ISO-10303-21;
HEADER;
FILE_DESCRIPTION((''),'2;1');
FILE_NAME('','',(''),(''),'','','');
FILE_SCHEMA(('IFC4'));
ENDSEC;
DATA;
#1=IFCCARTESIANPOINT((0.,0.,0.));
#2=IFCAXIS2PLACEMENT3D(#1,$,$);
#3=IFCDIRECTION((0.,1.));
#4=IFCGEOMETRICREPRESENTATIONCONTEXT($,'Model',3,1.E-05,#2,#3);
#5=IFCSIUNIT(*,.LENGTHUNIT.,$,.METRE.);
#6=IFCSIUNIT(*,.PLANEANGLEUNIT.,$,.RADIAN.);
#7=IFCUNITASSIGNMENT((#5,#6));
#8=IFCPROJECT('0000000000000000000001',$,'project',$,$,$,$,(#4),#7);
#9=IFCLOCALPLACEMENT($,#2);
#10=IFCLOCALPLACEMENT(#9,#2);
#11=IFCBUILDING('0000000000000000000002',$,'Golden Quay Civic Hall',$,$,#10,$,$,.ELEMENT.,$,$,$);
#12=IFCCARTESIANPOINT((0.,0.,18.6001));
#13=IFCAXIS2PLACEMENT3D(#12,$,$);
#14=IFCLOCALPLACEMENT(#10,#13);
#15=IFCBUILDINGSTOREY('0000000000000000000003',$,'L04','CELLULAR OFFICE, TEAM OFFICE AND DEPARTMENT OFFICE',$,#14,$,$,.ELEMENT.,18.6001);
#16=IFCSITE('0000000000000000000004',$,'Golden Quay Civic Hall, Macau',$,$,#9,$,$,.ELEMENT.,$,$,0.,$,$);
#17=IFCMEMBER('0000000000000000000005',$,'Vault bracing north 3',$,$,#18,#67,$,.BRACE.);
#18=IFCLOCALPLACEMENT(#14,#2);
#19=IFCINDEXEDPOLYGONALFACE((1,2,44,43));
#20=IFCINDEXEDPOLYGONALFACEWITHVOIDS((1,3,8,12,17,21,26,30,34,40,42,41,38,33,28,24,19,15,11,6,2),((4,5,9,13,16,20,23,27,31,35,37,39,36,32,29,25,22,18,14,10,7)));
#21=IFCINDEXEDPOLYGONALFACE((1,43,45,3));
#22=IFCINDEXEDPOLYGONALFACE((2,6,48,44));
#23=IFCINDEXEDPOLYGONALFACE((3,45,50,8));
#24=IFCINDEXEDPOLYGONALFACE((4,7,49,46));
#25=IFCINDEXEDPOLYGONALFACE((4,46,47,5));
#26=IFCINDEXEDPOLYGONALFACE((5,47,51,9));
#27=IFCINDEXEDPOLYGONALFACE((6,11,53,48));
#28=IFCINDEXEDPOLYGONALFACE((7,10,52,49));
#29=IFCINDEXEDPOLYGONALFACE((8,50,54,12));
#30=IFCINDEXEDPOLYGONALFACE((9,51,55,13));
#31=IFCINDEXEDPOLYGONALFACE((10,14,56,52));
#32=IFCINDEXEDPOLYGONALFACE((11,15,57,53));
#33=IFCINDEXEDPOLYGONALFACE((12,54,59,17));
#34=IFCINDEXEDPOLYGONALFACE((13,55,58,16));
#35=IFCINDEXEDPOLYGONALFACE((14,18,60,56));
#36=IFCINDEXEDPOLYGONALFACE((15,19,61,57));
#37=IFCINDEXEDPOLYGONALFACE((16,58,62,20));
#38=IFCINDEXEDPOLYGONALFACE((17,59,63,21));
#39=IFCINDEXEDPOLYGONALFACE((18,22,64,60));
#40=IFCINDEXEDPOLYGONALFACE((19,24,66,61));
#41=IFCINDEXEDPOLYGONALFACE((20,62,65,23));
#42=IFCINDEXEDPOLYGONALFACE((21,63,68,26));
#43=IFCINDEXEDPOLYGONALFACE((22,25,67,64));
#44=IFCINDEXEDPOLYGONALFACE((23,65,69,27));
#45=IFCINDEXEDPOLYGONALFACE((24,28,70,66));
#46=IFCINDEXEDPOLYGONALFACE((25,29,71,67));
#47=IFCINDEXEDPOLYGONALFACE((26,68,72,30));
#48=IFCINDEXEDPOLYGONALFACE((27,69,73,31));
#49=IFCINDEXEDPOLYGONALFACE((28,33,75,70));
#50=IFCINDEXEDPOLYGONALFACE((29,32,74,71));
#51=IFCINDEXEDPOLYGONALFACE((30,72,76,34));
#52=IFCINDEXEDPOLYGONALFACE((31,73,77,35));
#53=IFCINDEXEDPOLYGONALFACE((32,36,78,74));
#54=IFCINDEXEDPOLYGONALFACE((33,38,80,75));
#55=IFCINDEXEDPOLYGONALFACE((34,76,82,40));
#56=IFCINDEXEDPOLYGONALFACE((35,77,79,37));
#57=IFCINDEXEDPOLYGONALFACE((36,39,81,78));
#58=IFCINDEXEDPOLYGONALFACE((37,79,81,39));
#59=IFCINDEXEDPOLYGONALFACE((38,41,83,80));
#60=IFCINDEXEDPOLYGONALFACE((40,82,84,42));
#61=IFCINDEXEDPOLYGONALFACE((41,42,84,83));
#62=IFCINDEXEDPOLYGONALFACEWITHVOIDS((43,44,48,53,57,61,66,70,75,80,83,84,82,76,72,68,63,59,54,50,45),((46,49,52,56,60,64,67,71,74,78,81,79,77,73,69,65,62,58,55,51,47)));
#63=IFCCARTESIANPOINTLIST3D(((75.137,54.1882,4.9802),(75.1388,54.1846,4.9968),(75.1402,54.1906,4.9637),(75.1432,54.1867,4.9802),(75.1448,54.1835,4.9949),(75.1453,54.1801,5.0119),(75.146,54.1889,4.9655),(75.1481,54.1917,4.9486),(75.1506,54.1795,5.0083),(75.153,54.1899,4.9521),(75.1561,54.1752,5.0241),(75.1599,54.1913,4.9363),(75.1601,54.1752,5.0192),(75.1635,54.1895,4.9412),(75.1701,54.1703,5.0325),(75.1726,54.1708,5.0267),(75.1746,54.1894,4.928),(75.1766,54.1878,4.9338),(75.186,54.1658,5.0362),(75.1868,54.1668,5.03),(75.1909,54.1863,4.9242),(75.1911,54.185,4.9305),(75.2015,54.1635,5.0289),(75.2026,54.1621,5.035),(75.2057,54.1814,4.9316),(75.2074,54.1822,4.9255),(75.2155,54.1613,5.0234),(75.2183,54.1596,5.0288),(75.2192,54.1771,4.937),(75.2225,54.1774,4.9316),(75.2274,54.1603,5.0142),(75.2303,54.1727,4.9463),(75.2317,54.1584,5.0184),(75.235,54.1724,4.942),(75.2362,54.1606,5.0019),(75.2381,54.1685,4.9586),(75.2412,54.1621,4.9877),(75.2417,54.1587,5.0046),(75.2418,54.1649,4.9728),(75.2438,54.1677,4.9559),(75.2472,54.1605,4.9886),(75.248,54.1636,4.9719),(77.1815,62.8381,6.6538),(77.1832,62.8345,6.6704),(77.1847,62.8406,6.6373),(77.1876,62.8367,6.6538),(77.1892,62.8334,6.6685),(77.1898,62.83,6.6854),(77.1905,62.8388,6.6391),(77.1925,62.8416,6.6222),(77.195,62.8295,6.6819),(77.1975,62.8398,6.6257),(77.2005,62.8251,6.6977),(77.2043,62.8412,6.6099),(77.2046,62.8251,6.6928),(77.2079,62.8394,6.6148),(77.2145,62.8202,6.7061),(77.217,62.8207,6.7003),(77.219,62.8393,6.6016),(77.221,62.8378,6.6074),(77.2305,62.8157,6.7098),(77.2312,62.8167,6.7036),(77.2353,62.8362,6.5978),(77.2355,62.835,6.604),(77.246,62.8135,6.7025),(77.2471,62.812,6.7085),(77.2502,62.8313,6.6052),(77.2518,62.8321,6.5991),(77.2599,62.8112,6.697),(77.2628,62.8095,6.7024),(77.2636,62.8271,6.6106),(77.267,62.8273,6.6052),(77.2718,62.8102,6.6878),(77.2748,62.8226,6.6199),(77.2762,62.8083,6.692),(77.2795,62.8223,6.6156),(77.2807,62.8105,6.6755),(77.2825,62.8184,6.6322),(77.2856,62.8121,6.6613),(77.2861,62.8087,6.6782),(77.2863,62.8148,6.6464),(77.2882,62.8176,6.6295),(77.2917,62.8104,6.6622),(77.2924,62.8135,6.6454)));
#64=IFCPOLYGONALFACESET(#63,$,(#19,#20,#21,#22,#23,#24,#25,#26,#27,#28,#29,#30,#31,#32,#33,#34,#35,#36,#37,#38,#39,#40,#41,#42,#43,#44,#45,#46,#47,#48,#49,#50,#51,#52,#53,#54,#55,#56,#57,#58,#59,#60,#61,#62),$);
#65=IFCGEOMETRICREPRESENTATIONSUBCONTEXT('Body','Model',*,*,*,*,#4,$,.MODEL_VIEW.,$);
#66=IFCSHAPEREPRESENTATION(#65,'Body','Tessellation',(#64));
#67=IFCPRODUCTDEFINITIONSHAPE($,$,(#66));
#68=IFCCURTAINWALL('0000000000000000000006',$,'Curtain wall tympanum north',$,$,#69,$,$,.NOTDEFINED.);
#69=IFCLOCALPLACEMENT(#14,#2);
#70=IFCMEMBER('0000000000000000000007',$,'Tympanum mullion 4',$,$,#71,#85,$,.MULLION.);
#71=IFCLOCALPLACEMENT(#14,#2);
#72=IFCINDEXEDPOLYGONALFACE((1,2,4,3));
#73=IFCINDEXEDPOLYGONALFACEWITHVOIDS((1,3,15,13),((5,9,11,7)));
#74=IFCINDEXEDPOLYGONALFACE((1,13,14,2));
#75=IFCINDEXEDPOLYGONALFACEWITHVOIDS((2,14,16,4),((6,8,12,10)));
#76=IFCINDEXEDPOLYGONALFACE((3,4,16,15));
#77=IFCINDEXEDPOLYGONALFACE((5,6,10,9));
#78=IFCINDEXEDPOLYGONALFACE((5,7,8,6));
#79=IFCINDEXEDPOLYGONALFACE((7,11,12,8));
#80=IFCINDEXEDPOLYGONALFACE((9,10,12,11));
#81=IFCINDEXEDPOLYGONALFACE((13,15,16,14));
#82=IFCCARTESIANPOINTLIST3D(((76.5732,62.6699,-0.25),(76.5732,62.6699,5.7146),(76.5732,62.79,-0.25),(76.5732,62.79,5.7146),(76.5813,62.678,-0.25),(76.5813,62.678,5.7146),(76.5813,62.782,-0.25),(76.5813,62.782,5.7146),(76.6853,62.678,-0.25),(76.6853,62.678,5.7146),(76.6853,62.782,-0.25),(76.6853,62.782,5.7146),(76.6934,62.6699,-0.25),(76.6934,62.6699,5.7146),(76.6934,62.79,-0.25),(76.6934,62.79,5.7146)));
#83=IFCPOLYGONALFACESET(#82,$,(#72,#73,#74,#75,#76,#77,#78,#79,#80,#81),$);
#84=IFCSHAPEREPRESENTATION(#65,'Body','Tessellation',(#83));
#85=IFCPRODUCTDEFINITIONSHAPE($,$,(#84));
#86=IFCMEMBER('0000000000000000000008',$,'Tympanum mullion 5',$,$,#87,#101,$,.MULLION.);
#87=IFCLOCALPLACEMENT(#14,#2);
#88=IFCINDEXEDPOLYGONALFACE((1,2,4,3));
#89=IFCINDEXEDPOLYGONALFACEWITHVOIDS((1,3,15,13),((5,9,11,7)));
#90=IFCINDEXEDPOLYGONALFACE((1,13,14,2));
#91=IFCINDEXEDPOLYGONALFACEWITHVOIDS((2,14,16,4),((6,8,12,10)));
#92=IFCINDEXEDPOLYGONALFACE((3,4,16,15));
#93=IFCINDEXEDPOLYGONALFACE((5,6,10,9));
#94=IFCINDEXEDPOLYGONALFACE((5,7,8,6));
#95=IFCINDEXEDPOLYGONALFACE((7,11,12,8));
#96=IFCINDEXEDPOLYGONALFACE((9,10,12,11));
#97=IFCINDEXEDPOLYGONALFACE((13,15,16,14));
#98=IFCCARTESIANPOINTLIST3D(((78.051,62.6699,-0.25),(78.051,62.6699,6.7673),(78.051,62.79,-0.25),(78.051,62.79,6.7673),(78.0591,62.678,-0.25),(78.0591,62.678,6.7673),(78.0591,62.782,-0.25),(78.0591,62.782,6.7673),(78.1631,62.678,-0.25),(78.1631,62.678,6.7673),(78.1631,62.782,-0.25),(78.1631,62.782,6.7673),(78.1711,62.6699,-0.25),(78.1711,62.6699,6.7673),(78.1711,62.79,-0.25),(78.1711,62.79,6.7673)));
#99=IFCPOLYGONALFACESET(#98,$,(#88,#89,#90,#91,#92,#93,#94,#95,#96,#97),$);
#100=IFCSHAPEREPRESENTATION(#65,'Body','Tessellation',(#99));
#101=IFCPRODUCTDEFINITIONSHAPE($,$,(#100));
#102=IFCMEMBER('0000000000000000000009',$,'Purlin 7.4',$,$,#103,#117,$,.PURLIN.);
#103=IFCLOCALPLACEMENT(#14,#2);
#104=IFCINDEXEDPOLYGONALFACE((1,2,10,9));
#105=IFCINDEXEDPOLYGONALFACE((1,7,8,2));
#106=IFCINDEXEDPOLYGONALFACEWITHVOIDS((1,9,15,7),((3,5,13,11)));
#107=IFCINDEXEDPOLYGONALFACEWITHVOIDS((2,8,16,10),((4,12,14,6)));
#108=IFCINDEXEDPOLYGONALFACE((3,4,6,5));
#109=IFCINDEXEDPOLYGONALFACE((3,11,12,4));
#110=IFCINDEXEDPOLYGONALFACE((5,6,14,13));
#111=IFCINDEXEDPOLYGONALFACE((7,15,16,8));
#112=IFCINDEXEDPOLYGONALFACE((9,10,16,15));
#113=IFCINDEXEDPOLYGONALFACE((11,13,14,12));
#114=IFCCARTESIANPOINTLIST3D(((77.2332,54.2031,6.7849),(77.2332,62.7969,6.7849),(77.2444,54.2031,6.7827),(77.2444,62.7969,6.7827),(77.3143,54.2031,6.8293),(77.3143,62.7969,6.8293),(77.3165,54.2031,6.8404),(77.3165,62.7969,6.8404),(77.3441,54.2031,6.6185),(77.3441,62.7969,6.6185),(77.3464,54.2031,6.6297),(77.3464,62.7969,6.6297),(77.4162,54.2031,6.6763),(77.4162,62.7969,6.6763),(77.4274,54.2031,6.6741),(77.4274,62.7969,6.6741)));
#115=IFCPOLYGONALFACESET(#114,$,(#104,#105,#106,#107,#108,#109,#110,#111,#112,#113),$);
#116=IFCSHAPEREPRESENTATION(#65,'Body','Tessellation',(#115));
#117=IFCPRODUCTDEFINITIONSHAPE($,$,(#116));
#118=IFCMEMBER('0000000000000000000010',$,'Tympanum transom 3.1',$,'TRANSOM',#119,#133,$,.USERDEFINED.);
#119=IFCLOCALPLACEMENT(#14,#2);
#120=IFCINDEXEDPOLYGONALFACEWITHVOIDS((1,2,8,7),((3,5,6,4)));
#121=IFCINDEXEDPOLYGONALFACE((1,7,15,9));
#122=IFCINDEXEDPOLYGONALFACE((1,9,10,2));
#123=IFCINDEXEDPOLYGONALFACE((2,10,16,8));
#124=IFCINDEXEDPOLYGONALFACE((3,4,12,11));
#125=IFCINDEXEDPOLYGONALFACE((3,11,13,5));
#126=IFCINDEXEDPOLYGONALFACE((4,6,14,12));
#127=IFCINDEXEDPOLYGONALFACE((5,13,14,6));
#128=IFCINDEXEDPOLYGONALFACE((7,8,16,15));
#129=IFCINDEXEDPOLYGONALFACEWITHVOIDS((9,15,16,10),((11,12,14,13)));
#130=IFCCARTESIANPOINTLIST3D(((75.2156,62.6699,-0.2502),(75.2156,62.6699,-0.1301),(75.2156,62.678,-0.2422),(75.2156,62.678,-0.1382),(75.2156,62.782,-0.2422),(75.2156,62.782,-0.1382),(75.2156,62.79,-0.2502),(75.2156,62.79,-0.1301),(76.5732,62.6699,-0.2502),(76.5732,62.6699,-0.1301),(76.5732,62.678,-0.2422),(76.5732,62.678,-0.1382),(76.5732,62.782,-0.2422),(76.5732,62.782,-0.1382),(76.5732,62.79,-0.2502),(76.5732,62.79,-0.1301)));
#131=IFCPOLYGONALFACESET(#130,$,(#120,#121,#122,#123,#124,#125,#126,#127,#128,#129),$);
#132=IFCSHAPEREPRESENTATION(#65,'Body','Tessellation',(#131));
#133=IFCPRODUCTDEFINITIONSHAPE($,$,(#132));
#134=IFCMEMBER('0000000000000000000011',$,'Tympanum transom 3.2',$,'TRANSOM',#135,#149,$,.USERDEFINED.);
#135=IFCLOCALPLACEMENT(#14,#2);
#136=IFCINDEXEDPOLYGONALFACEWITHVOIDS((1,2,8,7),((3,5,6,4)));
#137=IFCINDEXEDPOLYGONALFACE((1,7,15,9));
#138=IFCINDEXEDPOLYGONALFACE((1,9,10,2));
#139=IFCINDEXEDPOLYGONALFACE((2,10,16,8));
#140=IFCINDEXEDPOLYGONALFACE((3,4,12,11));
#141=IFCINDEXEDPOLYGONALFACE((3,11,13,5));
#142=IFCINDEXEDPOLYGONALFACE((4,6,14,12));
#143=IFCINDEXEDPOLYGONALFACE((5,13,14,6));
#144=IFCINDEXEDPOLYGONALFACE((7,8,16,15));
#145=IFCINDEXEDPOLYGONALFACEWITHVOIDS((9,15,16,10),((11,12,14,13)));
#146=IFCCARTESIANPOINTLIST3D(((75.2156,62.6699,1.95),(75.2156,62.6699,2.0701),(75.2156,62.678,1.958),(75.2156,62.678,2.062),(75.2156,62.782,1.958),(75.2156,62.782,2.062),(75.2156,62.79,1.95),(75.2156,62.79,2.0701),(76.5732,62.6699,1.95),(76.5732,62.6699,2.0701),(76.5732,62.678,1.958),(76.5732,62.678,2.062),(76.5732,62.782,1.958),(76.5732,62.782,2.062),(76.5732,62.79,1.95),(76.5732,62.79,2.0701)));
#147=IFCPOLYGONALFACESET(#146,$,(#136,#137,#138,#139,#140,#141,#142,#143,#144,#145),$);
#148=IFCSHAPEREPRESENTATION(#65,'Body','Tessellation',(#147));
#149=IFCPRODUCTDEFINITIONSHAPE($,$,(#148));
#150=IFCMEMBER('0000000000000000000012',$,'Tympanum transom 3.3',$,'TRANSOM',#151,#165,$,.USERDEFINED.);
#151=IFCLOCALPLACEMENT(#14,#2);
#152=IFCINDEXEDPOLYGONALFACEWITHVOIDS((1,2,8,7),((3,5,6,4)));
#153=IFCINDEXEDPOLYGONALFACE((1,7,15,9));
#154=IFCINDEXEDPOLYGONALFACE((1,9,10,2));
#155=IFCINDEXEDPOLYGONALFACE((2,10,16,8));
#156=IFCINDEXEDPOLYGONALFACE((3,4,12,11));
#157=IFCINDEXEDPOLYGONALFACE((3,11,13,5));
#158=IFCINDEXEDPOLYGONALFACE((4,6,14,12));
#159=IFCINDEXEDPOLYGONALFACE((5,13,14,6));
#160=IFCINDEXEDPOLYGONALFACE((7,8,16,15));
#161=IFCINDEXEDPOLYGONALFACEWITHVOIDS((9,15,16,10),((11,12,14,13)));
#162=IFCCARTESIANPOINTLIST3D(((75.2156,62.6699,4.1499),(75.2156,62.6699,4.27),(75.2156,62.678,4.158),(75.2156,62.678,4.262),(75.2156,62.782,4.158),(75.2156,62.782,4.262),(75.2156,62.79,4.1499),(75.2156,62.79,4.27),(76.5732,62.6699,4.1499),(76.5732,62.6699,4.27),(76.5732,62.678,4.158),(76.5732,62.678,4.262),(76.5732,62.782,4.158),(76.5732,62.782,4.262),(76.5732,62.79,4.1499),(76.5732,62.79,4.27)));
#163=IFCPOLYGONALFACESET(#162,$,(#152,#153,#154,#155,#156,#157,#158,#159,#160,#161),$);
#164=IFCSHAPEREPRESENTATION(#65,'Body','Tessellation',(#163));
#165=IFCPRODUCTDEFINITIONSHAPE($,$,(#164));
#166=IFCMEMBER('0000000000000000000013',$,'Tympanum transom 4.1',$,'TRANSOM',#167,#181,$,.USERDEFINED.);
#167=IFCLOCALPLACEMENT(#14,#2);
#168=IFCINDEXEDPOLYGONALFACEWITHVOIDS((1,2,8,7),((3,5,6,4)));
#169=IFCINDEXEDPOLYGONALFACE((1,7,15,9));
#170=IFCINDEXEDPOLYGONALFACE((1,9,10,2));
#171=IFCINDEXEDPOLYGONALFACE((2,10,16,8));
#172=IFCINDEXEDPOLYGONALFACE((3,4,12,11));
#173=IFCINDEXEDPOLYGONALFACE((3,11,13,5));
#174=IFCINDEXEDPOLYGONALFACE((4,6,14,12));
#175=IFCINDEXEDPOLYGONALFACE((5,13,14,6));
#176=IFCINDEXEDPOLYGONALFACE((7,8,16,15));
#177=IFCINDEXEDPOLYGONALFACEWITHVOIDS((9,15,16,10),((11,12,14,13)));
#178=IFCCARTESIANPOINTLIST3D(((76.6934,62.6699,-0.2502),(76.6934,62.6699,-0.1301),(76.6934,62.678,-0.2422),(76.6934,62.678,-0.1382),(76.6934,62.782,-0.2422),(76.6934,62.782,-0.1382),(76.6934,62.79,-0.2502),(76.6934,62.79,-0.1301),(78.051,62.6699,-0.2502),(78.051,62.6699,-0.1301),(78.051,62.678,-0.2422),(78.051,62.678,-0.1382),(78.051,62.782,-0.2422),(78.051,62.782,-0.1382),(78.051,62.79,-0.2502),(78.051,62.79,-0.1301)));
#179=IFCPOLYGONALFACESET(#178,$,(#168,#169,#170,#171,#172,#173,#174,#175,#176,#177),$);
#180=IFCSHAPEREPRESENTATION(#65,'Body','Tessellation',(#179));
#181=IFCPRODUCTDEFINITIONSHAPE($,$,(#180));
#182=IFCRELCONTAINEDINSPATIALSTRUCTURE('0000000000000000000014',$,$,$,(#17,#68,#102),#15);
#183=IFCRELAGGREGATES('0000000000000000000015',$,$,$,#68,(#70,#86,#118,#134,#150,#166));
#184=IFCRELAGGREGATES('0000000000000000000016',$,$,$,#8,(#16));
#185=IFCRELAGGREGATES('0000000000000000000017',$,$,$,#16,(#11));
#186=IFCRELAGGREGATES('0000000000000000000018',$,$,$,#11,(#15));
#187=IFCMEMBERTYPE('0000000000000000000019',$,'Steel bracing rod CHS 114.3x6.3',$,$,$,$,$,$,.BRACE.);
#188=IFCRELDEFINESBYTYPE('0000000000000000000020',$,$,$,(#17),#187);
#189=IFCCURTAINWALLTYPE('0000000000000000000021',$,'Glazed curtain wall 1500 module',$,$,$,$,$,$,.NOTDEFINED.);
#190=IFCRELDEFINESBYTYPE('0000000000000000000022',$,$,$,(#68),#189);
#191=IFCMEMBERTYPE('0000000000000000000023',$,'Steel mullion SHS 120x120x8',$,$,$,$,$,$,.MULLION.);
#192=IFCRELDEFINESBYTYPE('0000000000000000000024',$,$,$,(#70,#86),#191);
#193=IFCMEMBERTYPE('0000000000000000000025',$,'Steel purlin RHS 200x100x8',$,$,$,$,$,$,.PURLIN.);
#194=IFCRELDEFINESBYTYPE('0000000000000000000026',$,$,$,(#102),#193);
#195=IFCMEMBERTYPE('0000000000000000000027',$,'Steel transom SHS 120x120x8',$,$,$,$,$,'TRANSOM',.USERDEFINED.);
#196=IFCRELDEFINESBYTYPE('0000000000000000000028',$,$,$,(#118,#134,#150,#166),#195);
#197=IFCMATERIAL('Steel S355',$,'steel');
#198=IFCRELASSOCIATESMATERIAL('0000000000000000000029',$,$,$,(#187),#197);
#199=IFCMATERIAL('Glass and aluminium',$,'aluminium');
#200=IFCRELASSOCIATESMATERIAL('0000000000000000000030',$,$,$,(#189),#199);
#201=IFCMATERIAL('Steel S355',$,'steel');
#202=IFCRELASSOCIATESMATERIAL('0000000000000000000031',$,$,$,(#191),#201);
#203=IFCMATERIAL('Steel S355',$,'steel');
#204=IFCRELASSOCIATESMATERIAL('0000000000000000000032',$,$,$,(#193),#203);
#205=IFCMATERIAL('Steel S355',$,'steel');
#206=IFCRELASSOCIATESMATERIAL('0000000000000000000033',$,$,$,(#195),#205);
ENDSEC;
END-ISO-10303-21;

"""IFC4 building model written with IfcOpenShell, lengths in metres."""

from ifc_helpers import new_model, si_unit, direction, frame, origin, origin_2d, place, context, subcontext, project, spatial, hollow_rectangle, hollow_circle, extrude, material, material_profile, profile_set, type_object, element, aggregate, save


model = new_model("IFC4")

# Units and contexts
model_context = context("Model", 3, precision=1e-05, world=origin(), true_north=direction((0.0, 1.0)))
body_context = subcontext(model_context, "Body", "Model", "MODEL_VIEW")
ifc_project = project(units=[si_unit("LENGTHUNIT", "METRE"), si_unit("PLANEANGLEUNIT", "RADIAN")], contexts=[model_context])

# Site, building, storey
site_placement = place(None, origin())
site = spatial("IfcSite", under=ifc_project, at=site_placement, Name="Golden Quay Civic Hall, Macau", CompositionType="ELEMENT", RefElevation=0.0)
building_placement = place(site_placement, origin())
building = spatial("IfcBuilding", under=site, at=building_placement, Name="Golden Quay Civic Hall", CompositionType="ELEMENT")
storey_placement = place(building_placement, frame((0.0, 0.0, 18.6001)))
storey = spatial("IfcBuildingStorey", under=building, at=storey_placement, Name="L04", Description="CELLULAR OFFICE, TEAM OFFICE AND DEPARTMENT OFFICE", CompositionType="ELEMENT", Elevation=18.6001)

# Member
ifc_material_1 = material(Name="Steel S355", Category="steel")
ifc_material_profile_1 = material_profile(ifc_material_1, hollow_circle(Radius=0.0571, WallThickness=0.0063, at=origin_2d()), Name="CHS 114.3x6.3")
ifc_profile_set_1 = profile_set([ifc_material_profile_1], Name="Steel S355")
member_type_1 = type_object("IfcMemberType", Name="Steel bracing rod CHS 114.3x6.3", PredefinedType="BRACE", material=ifc_profile_set_1)
member_1_placement = place(storey_placement, frame((75.1926, 54.175, 4.9802), z_axis=(0.226044, 0.956381, 0.185041), x_axis=(-0.973187, 0.230016, 0.0)))
element("IfcMember", 1, at=member_1_placement, inside=storey, type_object=member_type_1, Name="Vault bracing north 3", PredefinedType="BRACE", context=body_context, shape_type="SweptSolid", body=[
    extrude(hollow_circle(Radius=0.0571, WallThickness=0.0063, at=origin_2d()), origin(), (0.0, 0.0, 1.0), 9.0444),
])

# Curtain wall, members
ifc_material_2 = material(Name="Glass and aluminium", Category="aluminium")
curtain_wall_type_1 = type_object("IfcCurtainWallType", Name="Glazed curtain wall 1500 module", PredefinedType="NOTDEFINED", material=ifc_material_2)
curtain_wall_1_placement = place(storey_placement, origin())
curtain_wall_1 = element("IfcCurtainWall", 2, at=curtain_wall_1_placement, inside=storey, type_object=curtain_wall_type_1, Name="Curtain wall tympanum north", PredefinedType="NOTDEFINED")
ifc_material_3 = material(Name="Steel S355", Category="steel")
ifc_material_profile_2 = material_profile(ifc_material_3, hollow_rectangle(XDim=0.1201, YDim=0.1201, WallThickness=0.0081, at=origin_2d()), Name="SHS 120x120x8")
ifc_profile_set_2 = profile_set([ifc_material_profile_2], Name="Steel S355")
member_type_2 = type_object("IfcMemberType", Name="Steel mullion SHS 120x120x8", PredefinedType="MULLION", material=ifc_profile_set_2)
member_2_placement = place(storey_placement, frame((76.6333, 62.73, -0.25), z_axis=(0.0, 0.0, 1.0), x_axis=(0.0, 1.0, 0.0)))
member_2 = element("IfcMember", 3, at=member_2_placement, type_object=member_type_2, Name="Tympanum mullion 4", PredefinedType="MULLION", context=body_context, shape_type="SweptSolid", body=[
    extrude(hollow_rectangle(XDim=0.1201, YDim=0.1201, WallThickness=0.0081, at=origin_2d()), origin(), (0.0, 0.0, 1.0), 5.9646),
])
member_3_placement = place(storey_placement, frame((78.1111, 62.73, -0.25), z_axis=(0.0, 0.0, 1.0), x_axis=(0.0, 1.0, 0.0)))
member_3 = element("IfcMember", 4, at=member_3_placement, type_object=member_type_2, Name="Tympanum mullion 5", PredefinedType="MULLION", context=body_context, shape_type="SweptSolid", body=[
    extrude(hollow_rectangle(XDim=0.1201, YDim=0.1201, WallThickness=0.0081, at=origin_2d()), origin(), (0.0, 0.0, 1.0), 7.0173),
])

# Members
ifc_material_4 = material(Name="Steel S355", Category="steel")
ifc_material_profile_3 = material_profile(ifc_material_4, hollow_rectangle(XDim=0.1001, YDim=0.2, WallThickness=0.0081, at=origin_2d()), Name="RHS 200x100x8")
ifc_profile_set_3 = profile_set([ifc_material_profile_3], Name="Steel S355")
member_type_3 = type_object("IfcMemberType", Name="Steel purlin RHS 200x100x8", PredefinedType="PURLIN", material=ifc_profile_set_3)
member_4_placement = place(storey_placement, frame((77.3303, 54.2031, 6.7295), z_axis=(0.0, 1.0, 0.0), x_axis=(-0.83205, 0.0, -0.5547)))
element("IfcMember", 5, at=member_4_placement, inside=storey, type_object=member_type_3, Name="Purlin 7.4", PredefinedType="PURLIN", context=body_context, shape_type="SweptSolid", body=[
    extrude(hollow_rectangle(XDim=0.1001, YDim=0.2, WallThickness=0.0081, at=origin_2d()), origin(), (0.0, 0.0, 1.0), 8.5938),
])
ifc_material_5 = material(Name="Steel S355", Category="steel")
ifc_material_profile_4 = material_profile(ifc_material_5, hollow_rectangle(XDim=0.1201, YDim=0.1201, WallThickness=0.0081, at=origin_2d()), Name="SHS 120x120x8")
ifc_profile_set_4 = profile_set([ifc_material_profile_4], Name="Steel S355")
member_type_4 = type_object("IfcMemberType", Name="Steel transom SHS 120x120x8", ElementType="TRANSOM", PredefinedType="USERDEFINED", material=ifc_profile_set_4)
member_5_placement = place(storey_placement, frame((75.2156, 62.73, -0.1902), z_axis=(1.0, 0.0, 0.0), x_axis=(0.0, 1.0, 0.0)))
member_5 = element("IfcMember", 6, at=member_5_placement, type_object=member_type_4, Name="Tympanum transom 3.1", ObjectType="TRANSOM", PredefinedType="USERDEFINED", context=body_context, shape_type="SweptSolid", body=[
    extrude(hollow_rectangle(XDim=0.1201, YDim=0.1201, WallThickness=0.0081, at=origin_2d()), origin(), (0.0, 0.0, 1.0), 1.3577),
])
member_6_placement = place(storey_placement, frame((75.2156, 62.73, 2.01), z_axis=(1.0, 0.0, 0.0), x_axis=(0.0, 1.0, 0.0)))
member_6 = element("IfcMember", 7, at=member_6_placement, type_object=member_type_4, Name="Tympanum transom 3.2", ObjectType="TRANSOM", PredefinedType="USERDEFINED", context=body_context, shape_type="SweptSolid", body=[
    extrude(hollow_rectangle(XDim=0.1201, YDim=0.1201, WallThickness=0.0081, at=origin_2d()), origin(), (0.0, 0.0, 1.0), 1.3577),
])
member_7_placement = place(storey_placement, frame((75.2156, 62.73, 4.21), z_axis=(1.0, 0.0, 0.0), x_axis=(0.0, 1.0, 0.0)))
member_7 = element("IfcMember", 8, at=member_7_placement, type_object=member_type_4, Name="Tympanum transom 3.3", ObjectType="TRANSOM", PredefinedType="USERDEFINED", context=body_context, shape_type="SweptSolid", body=[
    extrude(hollow_rectangle(XDim=0.1201, YDim=0.1201, WallThickness=0.0081, at=origin_2d()), origin(), (0.0, 0.0, 1.0), 1.3577),
])
member_8_placement = place(storey_placement, frame((76.6934, 62.73, -0.1902), z_axis=(1.0, 0.0, 0.0), x_axis=(0.0, 1.0, 0.0)))
member_8 = element("IfcMember", 9, at=member_8_placement, type_object=member_type_4, Name="Tympanum transom 4.1", ObjectType="TRANSOM", PredefinedType="USERDEFINED", context=body_context, shape_type="SweptSolid", body=[
    extrude(hollow_rectangle(XDim=0.1201, YDim=0.1201, WallThickness=0.0081, at=origin_2d()), origin(), (0.0, 0.0, 1.0), 1.3577),
])
aggregate(curtain_wall_1, [member_2, member_3, member_5, member_6, member_7, member_8])

save(model, "model.ifc")
